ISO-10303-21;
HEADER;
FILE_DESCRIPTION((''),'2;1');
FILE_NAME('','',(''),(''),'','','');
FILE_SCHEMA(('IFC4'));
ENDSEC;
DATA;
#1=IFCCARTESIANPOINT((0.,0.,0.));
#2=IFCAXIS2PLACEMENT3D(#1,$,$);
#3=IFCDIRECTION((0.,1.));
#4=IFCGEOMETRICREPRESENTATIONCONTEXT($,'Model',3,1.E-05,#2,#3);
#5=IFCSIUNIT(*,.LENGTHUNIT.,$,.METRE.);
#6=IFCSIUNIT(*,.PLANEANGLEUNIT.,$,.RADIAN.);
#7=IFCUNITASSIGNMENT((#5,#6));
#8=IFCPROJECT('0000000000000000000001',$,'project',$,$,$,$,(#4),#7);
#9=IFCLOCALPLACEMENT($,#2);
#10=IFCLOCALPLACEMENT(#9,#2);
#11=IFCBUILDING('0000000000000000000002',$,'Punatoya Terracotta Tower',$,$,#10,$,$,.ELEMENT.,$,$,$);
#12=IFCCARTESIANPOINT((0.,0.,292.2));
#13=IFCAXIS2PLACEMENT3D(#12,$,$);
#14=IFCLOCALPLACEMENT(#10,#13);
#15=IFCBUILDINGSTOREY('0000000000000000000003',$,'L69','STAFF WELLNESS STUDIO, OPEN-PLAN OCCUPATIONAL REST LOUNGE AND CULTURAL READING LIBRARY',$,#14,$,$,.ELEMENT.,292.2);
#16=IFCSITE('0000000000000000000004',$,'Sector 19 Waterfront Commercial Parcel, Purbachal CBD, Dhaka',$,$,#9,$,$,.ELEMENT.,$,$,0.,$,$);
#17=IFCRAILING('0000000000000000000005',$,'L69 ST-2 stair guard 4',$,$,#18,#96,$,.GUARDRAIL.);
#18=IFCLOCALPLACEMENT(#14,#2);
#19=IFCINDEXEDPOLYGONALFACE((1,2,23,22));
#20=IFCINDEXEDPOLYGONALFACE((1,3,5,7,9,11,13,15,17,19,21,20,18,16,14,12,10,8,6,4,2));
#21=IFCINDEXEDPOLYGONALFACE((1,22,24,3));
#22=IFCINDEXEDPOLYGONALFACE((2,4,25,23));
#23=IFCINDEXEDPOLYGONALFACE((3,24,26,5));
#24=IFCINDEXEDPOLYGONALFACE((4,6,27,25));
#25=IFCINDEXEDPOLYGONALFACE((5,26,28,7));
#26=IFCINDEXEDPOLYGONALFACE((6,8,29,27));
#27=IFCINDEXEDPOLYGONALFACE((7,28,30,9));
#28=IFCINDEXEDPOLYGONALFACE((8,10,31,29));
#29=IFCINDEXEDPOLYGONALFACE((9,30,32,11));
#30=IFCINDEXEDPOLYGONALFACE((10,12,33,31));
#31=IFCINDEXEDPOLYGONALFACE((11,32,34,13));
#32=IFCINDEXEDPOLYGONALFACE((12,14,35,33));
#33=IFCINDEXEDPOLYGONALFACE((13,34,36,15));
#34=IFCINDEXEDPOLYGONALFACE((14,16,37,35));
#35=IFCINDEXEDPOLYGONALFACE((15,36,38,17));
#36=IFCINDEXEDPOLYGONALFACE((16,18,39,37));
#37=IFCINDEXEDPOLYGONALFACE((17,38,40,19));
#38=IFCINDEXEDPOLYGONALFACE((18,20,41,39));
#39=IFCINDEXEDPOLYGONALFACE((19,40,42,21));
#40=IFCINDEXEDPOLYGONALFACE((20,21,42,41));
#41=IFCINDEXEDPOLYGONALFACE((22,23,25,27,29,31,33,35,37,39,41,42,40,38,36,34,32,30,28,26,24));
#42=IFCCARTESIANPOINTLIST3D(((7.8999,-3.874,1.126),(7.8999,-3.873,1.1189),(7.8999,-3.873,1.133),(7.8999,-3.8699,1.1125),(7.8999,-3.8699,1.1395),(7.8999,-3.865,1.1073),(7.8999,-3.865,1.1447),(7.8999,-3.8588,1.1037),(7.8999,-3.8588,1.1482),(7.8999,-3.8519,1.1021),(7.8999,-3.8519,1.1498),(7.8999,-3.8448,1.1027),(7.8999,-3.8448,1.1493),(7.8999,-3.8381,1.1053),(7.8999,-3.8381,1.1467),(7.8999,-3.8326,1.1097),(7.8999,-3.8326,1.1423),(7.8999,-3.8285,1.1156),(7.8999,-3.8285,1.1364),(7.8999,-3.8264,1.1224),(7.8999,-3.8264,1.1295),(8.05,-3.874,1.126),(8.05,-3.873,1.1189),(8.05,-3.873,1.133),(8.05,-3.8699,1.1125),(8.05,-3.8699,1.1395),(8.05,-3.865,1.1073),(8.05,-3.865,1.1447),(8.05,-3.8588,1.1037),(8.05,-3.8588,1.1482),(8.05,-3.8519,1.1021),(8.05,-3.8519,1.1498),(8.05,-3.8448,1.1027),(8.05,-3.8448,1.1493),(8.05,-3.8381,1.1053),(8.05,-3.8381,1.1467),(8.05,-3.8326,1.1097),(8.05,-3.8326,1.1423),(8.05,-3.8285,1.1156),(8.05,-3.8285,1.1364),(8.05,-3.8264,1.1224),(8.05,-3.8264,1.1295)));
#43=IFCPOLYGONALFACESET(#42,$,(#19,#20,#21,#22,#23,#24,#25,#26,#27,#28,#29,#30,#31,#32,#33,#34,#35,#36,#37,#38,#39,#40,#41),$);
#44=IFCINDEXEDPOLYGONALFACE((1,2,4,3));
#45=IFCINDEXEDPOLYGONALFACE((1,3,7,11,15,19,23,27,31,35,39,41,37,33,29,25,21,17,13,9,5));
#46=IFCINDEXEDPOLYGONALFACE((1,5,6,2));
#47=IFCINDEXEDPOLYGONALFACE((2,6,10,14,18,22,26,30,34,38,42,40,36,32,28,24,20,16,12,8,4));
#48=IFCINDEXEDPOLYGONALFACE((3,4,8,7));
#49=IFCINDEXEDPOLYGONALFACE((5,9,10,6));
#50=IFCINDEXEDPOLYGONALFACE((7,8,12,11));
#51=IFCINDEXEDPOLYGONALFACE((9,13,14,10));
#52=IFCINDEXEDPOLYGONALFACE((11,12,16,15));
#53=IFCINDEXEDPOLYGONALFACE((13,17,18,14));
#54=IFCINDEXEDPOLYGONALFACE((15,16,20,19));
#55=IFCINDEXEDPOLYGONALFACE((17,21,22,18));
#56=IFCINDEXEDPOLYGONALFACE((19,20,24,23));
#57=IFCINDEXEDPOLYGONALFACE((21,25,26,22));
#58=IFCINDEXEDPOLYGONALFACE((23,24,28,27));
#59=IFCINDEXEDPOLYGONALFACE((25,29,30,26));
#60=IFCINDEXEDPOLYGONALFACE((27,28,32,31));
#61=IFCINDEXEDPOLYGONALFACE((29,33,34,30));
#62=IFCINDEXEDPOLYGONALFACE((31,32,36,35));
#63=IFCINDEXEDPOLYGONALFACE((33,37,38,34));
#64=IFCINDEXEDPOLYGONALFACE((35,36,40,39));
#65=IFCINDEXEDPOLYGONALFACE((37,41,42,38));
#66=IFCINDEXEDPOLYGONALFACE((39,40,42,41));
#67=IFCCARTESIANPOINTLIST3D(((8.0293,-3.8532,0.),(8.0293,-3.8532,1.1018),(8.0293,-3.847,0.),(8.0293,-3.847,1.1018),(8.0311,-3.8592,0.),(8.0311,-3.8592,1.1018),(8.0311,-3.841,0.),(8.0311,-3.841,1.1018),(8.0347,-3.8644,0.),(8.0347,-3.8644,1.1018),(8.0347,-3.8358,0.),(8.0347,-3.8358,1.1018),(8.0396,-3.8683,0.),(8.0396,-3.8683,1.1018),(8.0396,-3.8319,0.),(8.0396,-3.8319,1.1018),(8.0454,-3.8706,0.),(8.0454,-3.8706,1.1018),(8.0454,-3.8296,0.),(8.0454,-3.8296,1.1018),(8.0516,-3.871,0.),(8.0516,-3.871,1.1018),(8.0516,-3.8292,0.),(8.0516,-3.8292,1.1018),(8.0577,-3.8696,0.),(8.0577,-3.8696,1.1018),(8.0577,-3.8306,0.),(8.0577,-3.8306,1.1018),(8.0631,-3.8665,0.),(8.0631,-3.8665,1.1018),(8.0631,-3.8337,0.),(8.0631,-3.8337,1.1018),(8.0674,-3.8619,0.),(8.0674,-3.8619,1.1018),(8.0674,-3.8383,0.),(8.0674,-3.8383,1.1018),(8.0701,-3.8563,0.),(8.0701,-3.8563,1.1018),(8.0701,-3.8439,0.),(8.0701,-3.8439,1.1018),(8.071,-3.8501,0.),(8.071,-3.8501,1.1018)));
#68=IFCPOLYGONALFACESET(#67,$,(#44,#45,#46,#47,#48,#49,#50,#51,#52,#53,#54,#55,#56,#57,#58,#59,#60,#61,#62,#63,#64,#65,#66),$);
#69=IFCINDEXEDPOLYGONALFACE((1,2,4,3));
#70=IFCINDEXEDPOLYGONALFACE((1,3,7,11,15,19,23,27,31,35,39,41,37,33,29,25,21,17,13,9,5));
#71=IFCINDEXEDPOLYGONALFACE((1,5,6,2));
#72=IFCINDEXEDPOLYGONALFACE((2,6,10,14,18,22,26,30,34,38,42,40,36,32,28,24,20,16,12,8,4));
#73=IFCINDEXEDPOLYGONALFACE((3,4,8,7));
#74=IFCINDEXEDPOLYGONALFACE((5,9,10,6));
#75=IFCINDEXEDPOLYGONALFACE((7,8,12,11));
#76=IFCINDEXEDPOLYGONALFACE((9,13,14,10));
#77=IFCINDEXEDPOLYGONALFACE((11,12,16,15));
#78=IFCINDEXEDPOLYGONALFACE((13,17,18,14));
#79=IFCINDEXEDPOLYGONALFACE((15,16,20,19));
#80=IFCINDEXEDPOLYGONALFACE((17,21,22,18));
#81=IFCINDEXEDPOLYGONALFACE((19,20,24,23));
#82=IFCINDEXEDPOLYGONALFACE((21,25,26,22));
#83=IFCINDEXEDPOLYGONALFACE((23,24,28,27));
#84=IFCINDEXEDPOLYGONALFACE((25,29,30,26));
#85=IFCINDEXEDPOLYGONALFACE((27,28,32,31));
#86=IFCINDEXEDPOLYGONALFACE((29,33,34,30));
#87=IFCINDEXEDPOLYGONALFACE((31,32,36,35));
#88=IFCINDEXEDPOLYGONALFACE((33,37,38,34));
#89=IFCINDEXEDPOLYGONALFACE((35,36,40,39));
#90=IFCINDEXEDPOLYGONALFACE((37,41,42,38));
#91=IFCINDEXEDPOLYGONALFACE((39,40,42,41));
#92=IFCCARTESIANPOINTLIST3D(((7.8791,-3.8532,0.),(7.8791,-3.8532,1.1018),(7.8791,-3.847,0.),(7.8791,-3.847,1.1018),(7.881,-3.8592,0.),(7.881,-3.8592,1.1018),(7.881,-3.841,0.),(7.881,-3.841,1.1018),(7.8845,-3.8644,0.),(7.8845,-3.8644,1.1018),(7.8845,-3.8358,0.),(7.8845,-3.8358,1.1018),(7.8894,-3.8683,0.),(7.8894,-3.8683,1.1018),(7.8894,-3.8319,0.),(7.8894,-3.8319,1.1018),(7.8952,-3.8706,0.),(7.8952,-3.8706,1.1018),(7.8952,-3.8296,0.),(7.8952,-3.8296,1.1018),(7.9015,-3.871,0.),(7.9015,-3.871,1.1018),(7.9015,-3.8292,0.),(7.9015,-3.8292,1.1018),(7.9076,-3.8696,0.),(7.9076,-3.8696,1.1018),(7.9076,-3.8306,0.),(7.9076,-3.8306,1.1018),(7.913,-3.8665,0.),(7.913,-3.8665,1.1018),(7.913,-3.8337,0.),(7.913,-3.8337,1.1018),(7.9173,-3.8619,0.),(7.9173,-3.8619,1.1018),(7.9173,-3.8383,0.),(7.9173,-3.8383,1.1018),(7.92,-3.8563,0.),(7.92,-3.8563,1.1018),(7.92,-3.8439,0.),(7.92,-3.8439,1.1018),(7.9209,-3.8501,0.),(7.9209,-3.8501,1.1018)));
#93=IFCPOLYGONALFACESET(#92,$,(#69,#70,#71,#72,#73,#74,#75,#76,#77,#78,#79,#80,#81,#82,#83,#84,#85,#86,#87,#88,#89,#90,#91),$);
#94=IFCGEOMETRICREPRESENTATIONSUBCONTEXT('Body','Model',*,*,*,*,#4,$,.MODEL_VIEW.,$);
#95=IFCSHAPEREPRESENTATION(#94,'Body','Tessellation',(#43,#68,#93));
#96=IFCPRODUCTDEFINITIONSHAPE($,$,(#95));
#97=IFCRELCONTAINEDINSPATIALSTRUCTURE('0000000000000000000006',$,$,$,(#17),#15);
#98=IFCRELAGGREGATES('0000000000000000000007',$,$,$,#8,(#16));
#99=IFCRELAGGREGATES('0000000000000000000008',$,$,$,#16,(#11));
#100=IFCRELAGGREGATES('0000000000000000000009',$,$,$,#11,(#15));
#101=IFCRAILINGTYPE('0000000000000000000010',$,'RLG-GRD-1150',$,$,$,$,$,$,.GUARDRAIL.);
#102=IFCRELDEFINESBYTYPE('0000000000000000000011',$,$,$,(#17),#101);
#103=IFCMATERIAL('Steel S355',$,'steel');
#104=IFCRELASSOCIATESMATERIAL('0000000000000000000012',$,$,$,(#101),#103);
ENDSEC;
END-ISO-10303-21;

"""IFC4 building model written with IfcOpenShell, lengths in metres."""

from ifc_helpers import new_model, si_unit, direction, frame, origin, origin_2d, place, context, subcontext, project, spatial, circle, extrude, material, type_object, element, save


model = new_model("IFC4")

# Units and contexts
model_context = context("Model", 3, precision=1e-05, world=origin(), true_north=direction((0.0, 1.0)))
body_context = subcontext(model_context, "Body", "Model", "MODEL_VIEW")
ifc_project = project(units=[si_unit("LENGTHUNIT", "METRE"), si_unit("PLANEANGLEUNIT", "RADIAN")], contexts=[model_context])

# Site, building, storey
site_placement = place(None, origin())
site = spatial("IfcSite", under=ifc_project, at=site_placement, Name="Sector 19 Waterfront Commercial Parcel, Purbachal CBD, Dhaka", CompositionType="ELEMENT", RefElevation=0.0)
building_placement = place(site_placement, origin())
building = spatial("IfcBuilding", under=site, at=building_placement, Name="Punatoya Terracotta Tower", CompositionType="ELEMENT")
storey_placement = place(building_placement, frame((0.0, 0.0, 292.2)))
storey = spatial("IfcBuildingStorey", under=building, at=storey_placement, Name="L69", Description="STAFF WELLNESS STUDIO, OPEN-PLAN OCCUPATIONAL REST LOUNGE AND CULTURAL READING LIBRARY", CompositionType="ELEMENT", Elevation=292.2)

# Shared definitions
ifc_material_1 = material(Name="Steel S355", Category="steel")

# Railing
railing_type_1 = type_object("IfcRailingType", Name="RLG-GRD-1150", PredefinedType="GUARDRAIL", material=ifc_material_1)
railing_1_placement = place(storey_placement, frame((8.05, -3.8501, 0.0)))
element("IfcRailing", 1, at=railing_1_placement, inside=storey, type_object=railing_type_1, Name="L69 ST-2 stair guard 4", PredefinedType="GUARDRAIL", context=body_context, shape_type="SweptSolid", body=[
    extrude(circle(Radius=0.0239, at=origin_2d()), frame((0.0, 0.0, 1.126), z_axis=(-1.0, 0.0, 0.0), x_axis=(0.0, -1.0, 0.0)), (0.0, 0.0, 1.0), 0.1501),
    extrude(circle(Radius=0.021, at=origin_2d()), origin(), (0.0, 0.0, 1.0), 1.1018),
    extrude(circle(Radius=0.021, at=origin_2d()), frame((-0.1501, 0.0, 0.0)), (0.0, 0.0, 1.0), 1.1018),
])

save(model, "model.ifc")
